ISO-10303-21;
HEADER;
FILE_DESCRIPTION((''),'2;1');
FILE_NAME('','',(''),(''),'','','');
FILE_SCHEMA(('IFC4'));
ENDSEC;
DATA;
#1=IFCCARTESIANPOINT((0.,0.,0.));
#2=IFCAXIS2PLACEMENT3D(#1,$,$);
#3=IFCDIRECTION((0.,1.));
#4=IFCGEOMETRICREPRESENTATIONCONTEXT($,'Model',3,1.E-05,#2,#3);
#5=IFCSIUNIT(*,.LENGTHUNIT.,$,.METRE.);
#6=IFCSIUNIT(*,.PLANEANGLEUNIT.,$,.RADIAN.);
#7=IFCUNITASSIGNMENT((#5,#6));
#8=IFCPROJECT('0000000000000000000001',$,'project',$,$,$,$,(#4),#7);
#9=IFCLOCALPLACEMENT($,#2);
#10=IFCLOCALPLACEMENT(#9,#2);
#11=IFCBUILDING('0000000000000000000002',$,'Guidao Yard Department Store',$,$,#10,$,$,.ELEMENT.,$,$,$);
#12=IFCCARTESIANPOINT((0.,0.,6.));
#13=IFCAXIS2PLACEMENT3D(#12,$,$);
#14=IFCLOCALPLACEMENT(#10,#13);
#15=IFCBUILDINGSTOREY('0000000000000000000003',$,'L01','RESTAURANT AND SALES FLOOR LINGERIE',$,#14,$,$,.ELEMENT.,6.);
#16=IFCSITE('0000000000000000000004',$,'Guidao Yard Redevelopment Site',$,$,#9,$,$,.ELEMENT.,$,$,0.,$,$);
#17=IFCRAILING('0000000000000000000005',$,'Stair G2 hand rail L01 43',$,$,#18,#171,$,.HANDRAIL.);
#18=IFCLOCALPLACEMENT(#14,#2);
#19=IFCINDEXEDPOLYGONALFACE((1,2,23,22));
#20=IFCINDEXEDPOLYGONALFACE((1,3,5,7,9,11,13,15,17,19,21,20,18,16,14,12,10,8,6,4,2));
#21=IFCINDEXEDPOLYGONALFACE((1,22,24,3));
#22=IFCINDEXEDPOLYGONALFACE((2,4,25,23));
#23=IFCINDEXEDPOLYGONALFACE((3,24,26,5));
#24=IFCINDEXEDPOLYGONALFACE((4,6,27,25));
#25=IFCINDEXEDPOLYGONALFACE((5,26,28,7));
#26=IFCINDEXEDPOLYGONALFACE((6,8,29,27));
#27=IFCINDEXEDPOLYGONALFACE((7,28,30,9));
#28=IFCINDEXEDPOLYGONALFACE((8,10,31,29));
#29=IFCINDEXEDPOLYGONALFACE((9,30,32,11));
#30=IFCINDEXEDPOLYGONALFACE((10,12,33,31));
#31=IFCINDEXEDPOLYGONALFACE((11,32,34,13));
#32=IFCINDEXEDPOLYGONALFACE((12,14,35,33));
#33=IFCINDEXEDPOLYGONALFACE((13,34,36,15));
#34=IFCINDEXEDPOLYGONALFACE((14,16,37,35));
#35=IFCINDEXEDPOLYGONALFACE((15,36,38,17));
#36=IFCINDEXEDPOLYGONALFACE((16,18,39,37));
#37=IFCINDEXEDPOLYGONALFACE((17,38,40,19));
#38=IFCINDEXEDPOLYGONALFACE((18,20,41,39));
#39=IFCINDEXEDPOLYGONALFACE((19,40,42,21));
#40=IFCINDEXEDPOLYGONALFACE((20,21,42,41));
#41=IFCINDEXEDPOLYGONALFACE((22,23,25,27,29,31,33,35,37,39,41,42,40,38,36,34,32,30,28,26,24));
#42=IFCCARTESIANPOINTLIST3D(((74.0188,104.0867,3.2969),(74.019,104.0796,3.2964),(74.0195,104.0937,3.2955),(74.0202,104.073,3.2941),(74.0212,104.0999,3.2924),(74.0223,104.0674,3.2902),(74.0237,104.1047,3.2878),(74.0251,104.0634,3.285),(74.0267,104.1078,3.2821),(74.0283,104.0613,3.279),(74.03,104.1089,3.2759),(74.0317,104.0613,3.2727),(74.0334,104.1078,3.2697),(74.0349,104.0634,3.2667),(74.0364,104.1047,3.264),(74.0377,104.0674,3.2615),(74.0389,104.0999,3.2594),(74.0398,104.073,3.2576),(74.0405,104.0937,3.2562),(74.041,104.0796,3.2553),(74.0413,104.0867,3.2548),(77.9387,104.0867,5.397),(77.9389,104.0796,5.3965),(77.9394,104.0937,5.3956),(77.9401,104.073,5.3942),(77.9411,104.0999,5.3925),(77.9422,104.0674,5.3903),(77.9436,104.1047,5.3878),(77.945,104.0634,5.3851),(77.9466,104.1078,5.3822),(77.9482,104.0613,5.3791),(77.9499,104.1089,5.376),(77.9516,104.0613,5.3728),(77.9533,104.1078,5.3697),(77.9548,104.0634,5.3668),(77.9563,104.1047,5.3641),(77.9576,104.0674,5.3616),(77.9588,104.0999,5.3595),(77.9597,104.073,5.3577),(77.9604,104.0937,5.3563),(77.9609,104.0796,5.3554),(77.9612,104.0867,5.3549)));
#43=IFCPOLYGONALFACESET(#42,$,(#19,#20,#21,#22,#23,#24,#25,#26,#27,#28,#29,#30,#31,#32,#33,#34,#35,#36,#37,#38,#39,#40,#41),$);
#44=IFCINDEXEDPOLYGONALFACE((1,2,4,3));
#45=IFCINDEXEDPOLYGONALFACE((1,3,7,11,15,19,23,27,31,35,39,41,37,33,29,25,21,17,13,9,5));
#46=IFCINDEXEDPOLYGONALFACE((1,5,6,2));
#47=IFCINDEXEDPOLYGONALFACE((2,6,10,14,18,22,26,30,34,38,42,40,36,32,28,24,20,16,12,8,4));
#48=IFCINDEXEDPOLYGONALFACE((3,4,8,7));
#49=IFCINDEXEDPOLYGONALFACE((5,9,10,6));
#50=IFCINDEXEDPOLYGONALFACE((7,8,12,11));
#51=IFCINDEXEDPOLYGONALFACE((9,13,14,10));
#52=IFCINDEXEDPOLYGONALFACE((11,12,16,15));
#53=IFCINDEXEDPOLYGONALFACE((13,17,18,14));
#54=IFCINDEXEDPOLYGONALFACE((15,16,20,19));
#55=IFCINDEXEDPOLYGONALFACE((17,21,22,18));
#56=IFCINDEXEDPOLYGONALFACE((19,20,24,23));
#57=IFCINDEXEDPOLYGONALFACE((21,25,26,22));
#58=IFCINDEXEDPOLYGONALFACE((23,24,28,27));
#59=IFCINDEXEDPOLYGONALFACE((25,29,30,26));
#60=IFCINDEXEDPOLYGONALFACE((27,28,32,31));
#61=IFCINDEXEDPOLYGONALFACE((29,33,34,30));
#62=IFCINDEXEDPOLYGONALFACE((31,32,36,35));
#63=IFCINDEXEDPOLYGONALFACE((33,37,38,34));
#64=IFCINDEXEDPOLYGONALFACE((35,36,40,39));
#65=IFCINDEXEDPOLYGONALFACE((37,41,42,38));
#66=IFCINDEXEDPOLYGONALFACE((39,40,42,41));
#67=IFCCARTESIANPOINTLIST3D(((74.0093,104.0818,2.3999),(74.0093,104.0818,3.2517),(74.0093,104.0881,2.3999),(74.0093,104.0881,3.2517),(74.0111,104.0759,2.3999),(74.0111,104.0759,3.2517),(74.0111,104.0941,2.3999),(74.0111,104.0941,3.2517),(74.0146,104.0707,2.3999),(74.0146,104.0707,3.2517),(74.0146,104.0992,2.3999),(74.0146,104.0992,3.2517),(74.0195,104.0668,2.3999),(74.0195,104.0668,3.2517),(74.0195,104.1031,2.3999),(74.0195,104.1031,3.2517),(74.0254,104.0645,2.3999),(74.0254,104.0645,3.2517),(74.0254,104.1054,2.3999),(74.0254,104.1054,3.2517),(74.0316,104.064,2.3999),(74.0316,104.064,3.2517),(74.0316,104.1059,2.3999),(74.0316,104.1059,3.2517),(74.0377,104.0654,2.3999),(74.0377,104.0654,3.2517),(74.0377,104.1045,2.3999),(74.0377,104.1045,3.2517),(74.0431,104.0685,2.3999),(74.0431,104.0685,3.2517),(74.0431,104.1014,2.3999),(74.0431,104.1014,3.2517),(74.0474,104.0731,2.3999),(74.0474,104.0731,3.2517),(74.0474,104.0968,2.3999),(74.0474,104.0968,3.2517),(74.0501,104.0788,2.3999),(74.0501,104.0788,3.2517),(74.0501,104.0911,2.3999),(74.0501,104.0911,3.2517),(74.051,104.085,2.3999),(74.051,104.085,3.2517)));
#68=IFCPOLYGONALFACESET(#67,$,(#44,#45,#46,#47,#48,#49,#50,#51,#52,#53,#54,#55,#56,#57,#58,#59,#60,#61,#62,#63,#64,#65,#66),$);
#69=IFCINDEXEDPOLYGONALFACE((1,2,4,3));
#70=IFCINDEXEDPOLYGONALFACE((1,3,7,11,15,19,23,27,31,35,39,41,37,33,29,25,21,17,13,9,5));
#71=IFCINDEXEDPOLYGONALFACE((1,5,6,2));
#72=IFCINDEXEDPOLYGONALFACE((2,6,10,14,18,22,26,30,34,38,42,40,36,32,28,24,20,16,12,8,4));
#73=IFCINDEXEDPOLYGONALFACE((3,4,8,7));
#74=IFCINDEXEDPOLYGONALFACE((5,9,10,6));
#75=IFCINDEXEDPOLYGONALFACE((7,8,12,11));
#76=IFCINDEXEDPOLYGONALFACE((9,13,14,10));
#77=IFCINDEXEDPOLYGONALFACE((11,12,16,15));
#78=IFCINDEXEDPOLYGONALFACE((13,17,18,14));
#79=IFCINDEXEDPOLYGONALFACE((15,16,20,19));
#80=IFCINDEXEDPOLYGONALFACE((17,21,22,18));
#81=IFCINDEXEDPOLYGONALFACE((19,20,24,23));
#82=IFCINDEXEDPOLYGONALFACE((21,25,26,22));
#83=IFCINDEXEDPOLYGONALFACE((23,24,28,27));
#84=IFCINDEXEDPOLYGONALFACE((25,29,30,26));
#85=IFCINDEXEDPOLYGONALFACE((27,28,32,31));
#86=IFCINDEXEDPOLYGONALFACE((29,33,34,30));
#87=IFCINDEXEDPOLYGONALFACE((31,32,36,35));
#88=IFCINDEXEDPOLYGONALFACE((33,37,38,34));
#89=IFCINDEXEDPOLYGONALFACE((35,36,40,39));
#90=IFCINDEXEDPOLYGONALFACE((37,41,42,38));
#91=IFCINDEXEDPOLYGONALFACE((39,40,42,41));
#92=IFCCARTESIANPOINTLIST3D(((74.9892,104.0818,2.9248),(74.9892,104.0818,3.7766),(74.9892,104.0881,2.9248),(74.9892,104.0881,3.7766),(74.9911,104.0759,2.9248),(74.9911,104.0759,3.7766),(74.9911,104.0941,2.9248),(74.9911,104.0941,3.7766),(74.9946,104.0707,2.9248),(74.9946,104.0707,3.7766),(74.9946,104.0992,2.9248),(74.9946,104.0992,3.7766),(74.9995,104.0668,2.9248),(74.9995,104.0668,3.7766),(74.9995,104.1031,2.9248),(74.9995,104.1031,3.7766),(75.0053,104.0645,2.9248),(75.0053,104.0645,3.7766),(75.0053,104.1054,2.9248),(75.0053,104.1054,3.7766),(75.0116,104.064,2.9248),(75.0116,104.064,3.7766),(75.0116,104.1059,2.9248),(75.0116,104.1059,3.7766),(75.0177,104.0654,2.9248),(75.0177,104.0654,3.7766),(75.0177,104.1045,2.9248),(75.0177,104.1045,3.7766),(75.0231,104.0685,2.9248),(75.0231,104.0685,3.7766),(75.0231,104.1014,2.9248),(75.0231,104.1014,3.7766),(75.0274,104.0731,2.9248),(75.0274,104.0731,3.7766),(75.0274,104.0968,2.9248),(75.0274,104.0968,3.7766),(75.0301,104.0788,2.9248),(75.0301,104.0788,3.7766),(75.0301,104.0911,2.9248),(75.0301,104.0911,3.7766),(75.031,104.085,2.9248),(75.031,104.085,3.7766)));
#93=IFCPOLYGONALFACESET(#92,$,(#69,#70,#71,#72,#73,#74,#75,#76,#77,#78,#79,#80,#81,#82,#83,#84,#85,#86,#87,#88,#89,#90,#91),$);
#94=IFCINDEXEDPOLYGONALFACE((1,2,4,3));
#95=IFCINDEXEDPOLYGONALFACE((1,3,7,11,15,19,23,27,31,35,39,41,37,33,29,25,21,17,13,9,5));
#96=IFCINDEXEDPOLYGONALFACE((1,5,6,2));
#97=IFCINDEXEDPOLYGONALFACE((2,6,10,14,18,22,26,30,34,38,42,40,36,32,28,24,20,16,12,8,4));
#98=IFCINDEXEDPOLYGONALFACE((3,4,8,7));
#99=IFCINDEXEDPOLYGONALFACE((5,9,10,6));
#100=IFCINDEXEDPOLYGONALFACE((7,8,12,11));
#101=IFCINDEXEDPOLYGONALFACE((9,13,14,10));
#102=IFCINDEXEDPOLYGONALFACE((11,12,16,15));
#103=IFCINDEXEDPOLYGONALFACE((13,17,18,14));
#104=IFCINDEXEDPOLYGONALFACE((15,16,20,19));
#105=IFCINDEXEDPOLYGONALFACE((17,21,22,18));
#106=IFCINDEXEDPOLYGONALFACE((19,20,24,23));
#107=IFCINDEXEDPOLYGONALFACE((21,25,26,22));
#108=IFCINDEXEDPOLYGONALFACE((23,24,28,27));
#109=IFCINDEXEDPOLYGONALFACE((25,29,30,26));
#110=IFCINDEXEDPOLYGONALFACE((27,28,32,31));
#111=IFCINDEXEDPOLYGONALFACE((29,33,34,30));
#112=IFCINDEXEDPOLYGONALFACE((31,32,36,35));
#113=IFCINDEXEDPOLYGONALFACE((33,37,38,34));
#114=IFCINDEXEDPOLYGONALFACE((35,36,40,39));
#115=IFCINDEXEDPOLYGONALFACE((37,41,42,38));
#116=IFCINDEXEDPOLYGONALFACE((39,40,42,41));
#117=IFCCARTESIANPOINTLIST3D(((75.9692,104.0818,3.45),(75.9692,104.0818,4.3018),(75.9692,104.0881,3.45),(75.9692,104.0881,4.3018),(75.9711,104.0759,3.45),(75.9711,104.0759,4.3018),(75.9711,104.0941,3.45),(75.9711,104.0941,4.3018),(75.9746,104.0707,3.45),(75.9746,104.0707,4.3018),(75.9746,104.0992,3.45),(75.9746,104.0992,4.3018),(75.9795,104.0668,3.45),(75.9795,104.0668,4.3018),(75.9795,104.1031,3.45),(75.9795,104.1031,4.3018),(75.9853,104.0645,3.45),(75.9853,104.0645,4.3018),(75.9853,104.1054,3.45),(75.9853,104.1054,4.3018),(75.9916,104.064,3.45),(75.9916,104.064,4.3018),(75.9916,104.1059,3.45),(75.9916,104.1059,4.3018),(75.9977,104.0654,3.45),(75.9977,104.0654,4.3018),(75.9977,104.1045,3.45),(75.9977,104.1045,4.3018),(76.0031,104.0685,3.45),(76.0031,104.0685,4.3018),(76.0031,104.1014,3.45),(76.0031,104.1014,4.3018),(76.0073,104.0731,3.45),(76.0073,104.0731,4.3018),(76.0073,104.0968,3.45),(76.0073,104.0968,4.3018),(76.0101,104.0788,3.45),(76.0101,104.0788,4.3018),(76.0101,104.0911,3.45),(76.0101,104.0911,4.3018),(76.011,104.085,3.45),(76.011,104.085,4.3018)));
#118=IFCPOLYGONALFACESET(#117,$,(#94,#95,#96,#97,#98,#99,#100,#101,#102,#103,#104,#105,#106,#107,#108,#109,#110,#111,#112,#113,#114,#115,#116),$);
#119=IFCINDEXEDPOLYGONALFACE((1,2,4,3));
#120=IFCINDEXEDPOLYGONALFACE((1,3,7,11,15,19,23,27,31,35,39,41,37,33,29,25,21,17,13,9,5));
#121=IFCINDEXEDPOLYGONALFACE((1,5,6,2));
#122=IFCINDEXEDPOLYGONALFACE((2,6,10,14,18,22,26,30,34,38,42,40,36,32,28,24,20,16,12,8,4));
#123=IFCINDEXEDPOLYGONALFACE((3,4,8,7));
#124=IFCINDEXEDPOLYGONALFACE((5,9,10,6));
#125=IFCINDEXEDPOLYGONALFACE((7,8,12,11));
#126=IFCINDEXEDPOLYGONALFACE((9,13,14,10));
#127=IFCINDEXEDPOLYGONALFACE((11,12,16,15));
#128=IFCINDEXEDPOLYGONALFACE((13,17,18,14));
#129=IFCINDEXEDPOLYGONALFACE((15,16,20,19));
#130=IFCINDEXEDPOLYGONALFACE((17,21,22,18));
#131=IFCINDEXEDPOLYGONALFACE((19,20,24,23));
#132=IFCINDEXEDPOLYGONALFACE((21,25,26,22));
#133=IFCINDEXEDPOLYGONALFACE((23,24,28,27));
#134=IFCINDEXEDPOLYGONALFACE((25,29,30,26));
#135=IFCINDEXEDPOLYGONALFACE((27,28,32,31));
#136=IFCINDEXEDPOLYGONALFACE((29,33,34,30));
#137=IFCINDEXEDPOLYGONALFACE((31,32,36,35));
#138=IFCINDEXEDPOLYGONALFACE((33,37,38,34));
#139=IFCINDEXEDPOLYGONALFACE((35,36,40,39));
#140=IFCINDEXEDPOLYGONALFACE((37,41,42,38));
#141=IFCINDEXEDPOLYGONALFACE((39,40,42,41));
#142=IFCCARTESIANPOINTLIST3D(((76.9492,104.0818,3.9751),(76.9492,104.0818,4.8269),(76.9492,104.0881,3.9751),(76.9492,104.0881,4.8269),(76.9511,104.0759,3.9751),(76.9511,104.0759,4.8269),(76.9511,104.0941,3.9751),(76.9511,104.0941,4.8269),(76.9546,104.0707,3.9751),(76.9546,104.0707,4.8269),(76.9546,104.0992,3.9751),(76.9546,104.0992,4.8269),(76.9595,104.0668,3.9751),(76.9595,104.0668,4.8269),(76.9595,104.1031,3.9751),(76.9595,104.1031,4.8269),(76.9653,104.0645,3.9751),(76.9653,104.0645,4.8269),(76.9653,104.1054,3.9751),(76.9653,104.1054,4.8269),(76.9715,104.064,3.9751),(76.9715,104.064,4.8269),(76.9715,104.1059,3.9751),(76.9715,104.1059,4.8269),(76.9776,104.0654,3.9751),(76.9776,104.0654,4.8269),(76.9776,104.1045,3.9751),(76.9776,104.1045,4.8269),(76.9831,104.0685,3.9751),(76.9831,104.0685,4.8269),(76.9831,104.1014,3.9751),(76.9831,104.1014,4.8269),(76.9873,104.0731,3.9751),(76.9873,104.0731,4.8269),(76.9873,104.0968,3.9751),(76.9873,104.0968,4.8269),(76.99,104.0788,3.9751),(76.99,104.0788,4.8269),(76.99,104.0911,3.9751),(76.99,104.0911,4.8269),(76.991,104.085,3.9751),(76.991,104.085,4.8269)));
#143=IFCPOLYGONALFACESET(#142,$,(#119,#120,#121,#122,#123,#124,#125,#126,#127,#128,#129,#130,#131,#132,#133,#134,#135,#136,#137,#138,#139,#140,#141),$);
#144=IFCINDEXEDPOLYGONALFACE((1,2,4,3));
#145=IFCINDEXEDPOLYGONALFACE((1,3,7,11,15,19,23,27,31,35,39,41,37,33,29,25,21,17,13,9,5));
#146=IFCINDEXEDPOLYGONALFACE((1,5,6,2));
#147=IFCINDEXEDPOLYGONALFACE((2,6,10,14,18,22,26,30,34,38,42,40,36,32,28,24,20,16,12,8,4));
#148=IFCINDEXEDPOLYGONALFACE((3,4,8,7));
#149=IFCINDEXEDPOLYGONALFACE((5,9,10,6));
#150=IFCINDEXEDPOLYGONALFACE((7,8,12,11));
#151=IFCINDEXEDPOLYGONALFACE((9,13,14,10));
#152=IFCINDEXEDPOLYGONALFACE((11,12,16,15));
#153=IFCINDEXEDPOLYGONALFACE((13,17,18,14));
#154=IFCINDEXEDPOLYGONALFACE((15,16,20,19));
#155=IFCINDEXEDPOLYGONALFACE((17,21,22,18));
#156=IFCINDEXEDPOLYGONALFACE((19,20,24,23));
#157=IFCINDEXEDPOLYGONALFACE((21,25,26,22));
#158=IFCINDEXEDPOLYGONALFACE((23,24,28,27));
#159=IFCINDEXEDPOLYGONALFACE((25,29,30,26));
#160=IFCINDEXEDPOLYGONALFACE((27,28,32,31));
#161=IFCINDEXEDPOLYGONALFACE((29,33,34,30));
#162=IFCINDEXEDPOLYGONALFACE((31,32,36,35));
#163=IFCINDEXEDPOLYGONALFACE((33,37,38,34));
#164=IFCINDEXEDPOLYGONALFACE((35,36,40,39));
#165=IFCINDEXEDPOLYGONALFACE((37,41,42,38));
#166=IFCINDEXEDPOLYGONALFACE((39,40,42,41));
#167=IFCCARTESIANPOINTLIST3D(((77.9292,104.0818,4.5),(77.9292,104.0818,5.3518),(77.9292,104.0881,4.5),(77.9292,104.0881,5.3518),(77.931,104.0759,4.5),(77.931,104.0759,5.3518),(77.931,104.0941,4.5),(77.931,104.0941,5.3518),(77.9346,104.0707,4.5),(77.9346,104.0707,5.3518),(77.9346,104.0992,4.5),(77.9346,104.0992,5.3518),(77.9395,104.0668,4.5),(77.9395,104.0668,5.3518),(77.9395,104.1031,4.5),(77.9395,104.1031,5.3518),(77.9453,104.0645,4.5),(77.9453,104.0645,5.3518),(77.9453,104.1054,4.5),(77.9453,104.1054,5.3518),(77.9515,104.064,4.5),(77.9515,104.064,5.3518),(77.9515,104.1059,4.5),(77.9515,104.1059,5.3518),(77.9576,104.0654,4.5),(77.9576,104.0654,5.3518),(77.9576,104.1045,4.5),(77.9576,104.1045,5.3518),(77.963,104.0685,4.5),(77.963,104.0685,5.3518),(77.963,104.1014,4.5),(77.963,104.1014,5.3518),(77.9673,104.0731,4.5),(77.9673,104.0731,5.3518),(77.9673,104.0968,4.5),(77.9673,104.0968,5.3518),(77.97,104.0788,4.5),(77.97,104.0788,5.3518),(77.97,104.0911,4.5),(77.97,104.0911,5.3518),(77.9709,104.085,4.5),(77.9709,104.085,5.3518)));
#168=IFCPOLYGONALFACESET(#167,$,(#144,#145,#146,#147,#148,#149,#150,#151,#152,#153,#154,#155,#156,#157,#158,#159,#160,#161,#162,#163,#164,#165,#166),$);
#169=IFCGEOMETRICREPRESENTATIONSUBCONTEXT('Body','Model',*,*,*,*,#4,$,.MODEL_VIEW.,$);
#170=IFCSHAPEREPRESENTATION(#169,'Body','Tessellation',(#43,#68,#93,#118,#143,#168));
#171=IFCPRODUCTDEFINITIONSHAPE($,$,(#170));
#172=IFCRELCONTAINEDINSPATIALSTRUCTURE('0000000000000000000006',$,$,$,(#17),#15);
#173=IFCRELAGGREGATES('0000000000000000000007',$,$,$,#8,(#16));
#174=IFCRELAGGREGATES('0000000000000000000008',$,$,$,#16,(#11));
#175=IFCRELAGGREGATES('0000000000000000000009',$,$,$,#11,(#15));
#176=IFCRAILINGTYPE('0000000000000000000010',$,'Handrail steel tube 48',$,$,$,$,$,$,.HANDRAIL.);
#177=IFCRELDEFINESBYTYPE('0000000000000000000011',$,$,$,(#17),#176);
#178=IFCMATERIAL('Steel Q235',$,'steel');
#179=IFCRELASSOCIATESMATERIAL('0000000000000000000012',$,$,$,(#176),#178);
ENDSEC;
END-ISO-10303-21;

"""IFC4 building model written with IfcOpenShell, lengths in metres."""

from ifc_helpers import new_model, si_unit, direction, frame, origin, origin_2d, place, context, subcontext, project, spatial, circle, extrude, material, type_object, element, save


model = new_model("IFC4")

# Units and contexts
model_context = context("Model", 3, precision=1e-05, world=origin(), true_north=direction((0.0, 1.0)))
body_context = subcontext(model_context, "Body", "Model", "MODEL_VIEW")
ifc_project = project(units=[si_unit("LENGTHUNIT", "METRE"), si_unit("PLANEANGLEUNIT", "RADIAN")], contexts=[model_context])

# Site, building, storey
site_placement = place(None, origin())
site = spatial("IfcSite", under=ifc_project, at=site_placement, Name="Guidao Yard Redevelopment Site", CompositionType="ELEMENT", RefElevation=0.0)
building_placement = place(site_placement, origin())
building = spatial("IfcBuilding", under=site, at=building_placement, Name="Guidao Yard Department Store", CompositionType="ELEMENT")
storey_placement = place(building_placement, frame((0.0, 0.0, 6.0)))
storey = spatial("IfcBuildingStorey", under=building, at=storey_placement, Name="L01", Description="RESTAURANT AND SALES FLOOR LINGERIE", CompositionType="ELEMENT", Elevation=6.0)

# Railing
ifc_material_1 = material(Name="Steel Q235", Category="steel")
railing_type = type_object("IfcRailingType", Name="Handrail steel tube 48", PredefinedType="HANDRAIL", material=ifc_material_1)
railing_placement = place(storey_placement, frame((74.03, 104.085, 2.3999)))
element("IfcRailing", 1, at=railing_placement, inside=storey, type_object=railing_type, Name="Stair G2 hand rail L01 43", PredefinedType="HANDRAIL", context=body_context, shape_type="SweptSolid", body=[
    extrude(circle(Radius=0.0239, at=origin_2d()), frame((0.0, 0.0, 0.876), z_axis=(0.881467, 0.0, 0.472246), x_axis=(0.0, 1.0, 0.0)), (0.0, 0.0, 1.0), 4.447),
    extrude(circle(Radius=0.021, at=origin_2d()), origin(), (0.0, 0.0, 1.0), 0.8518),
    extrude(circle(Radius=0.021, at=origin_2d()), frame((0.98, 0.0, 0.5249)), (0.0, 0.0, 1.0), 0.8518),
    extrude(circle(Radius=0.021, at=origin_2d()), frame((1.96, 0.0, 1.05)), (0.0, 0.0, 1.0), 0.8518),
    extrude(circle(Radius=0.021, at=origin_2d()), frame((2.9399, 0.0, 1.5752)), (0.0, 0.0, 1.0), 0.8518),
    extrude(circle(Radius=0.021, at=origin_2d()), frame((3.9199, 0.0, 2.1001)), (0.0, 0.0, 1.0), 0.8518),
])

save(model, "model.ifc")
